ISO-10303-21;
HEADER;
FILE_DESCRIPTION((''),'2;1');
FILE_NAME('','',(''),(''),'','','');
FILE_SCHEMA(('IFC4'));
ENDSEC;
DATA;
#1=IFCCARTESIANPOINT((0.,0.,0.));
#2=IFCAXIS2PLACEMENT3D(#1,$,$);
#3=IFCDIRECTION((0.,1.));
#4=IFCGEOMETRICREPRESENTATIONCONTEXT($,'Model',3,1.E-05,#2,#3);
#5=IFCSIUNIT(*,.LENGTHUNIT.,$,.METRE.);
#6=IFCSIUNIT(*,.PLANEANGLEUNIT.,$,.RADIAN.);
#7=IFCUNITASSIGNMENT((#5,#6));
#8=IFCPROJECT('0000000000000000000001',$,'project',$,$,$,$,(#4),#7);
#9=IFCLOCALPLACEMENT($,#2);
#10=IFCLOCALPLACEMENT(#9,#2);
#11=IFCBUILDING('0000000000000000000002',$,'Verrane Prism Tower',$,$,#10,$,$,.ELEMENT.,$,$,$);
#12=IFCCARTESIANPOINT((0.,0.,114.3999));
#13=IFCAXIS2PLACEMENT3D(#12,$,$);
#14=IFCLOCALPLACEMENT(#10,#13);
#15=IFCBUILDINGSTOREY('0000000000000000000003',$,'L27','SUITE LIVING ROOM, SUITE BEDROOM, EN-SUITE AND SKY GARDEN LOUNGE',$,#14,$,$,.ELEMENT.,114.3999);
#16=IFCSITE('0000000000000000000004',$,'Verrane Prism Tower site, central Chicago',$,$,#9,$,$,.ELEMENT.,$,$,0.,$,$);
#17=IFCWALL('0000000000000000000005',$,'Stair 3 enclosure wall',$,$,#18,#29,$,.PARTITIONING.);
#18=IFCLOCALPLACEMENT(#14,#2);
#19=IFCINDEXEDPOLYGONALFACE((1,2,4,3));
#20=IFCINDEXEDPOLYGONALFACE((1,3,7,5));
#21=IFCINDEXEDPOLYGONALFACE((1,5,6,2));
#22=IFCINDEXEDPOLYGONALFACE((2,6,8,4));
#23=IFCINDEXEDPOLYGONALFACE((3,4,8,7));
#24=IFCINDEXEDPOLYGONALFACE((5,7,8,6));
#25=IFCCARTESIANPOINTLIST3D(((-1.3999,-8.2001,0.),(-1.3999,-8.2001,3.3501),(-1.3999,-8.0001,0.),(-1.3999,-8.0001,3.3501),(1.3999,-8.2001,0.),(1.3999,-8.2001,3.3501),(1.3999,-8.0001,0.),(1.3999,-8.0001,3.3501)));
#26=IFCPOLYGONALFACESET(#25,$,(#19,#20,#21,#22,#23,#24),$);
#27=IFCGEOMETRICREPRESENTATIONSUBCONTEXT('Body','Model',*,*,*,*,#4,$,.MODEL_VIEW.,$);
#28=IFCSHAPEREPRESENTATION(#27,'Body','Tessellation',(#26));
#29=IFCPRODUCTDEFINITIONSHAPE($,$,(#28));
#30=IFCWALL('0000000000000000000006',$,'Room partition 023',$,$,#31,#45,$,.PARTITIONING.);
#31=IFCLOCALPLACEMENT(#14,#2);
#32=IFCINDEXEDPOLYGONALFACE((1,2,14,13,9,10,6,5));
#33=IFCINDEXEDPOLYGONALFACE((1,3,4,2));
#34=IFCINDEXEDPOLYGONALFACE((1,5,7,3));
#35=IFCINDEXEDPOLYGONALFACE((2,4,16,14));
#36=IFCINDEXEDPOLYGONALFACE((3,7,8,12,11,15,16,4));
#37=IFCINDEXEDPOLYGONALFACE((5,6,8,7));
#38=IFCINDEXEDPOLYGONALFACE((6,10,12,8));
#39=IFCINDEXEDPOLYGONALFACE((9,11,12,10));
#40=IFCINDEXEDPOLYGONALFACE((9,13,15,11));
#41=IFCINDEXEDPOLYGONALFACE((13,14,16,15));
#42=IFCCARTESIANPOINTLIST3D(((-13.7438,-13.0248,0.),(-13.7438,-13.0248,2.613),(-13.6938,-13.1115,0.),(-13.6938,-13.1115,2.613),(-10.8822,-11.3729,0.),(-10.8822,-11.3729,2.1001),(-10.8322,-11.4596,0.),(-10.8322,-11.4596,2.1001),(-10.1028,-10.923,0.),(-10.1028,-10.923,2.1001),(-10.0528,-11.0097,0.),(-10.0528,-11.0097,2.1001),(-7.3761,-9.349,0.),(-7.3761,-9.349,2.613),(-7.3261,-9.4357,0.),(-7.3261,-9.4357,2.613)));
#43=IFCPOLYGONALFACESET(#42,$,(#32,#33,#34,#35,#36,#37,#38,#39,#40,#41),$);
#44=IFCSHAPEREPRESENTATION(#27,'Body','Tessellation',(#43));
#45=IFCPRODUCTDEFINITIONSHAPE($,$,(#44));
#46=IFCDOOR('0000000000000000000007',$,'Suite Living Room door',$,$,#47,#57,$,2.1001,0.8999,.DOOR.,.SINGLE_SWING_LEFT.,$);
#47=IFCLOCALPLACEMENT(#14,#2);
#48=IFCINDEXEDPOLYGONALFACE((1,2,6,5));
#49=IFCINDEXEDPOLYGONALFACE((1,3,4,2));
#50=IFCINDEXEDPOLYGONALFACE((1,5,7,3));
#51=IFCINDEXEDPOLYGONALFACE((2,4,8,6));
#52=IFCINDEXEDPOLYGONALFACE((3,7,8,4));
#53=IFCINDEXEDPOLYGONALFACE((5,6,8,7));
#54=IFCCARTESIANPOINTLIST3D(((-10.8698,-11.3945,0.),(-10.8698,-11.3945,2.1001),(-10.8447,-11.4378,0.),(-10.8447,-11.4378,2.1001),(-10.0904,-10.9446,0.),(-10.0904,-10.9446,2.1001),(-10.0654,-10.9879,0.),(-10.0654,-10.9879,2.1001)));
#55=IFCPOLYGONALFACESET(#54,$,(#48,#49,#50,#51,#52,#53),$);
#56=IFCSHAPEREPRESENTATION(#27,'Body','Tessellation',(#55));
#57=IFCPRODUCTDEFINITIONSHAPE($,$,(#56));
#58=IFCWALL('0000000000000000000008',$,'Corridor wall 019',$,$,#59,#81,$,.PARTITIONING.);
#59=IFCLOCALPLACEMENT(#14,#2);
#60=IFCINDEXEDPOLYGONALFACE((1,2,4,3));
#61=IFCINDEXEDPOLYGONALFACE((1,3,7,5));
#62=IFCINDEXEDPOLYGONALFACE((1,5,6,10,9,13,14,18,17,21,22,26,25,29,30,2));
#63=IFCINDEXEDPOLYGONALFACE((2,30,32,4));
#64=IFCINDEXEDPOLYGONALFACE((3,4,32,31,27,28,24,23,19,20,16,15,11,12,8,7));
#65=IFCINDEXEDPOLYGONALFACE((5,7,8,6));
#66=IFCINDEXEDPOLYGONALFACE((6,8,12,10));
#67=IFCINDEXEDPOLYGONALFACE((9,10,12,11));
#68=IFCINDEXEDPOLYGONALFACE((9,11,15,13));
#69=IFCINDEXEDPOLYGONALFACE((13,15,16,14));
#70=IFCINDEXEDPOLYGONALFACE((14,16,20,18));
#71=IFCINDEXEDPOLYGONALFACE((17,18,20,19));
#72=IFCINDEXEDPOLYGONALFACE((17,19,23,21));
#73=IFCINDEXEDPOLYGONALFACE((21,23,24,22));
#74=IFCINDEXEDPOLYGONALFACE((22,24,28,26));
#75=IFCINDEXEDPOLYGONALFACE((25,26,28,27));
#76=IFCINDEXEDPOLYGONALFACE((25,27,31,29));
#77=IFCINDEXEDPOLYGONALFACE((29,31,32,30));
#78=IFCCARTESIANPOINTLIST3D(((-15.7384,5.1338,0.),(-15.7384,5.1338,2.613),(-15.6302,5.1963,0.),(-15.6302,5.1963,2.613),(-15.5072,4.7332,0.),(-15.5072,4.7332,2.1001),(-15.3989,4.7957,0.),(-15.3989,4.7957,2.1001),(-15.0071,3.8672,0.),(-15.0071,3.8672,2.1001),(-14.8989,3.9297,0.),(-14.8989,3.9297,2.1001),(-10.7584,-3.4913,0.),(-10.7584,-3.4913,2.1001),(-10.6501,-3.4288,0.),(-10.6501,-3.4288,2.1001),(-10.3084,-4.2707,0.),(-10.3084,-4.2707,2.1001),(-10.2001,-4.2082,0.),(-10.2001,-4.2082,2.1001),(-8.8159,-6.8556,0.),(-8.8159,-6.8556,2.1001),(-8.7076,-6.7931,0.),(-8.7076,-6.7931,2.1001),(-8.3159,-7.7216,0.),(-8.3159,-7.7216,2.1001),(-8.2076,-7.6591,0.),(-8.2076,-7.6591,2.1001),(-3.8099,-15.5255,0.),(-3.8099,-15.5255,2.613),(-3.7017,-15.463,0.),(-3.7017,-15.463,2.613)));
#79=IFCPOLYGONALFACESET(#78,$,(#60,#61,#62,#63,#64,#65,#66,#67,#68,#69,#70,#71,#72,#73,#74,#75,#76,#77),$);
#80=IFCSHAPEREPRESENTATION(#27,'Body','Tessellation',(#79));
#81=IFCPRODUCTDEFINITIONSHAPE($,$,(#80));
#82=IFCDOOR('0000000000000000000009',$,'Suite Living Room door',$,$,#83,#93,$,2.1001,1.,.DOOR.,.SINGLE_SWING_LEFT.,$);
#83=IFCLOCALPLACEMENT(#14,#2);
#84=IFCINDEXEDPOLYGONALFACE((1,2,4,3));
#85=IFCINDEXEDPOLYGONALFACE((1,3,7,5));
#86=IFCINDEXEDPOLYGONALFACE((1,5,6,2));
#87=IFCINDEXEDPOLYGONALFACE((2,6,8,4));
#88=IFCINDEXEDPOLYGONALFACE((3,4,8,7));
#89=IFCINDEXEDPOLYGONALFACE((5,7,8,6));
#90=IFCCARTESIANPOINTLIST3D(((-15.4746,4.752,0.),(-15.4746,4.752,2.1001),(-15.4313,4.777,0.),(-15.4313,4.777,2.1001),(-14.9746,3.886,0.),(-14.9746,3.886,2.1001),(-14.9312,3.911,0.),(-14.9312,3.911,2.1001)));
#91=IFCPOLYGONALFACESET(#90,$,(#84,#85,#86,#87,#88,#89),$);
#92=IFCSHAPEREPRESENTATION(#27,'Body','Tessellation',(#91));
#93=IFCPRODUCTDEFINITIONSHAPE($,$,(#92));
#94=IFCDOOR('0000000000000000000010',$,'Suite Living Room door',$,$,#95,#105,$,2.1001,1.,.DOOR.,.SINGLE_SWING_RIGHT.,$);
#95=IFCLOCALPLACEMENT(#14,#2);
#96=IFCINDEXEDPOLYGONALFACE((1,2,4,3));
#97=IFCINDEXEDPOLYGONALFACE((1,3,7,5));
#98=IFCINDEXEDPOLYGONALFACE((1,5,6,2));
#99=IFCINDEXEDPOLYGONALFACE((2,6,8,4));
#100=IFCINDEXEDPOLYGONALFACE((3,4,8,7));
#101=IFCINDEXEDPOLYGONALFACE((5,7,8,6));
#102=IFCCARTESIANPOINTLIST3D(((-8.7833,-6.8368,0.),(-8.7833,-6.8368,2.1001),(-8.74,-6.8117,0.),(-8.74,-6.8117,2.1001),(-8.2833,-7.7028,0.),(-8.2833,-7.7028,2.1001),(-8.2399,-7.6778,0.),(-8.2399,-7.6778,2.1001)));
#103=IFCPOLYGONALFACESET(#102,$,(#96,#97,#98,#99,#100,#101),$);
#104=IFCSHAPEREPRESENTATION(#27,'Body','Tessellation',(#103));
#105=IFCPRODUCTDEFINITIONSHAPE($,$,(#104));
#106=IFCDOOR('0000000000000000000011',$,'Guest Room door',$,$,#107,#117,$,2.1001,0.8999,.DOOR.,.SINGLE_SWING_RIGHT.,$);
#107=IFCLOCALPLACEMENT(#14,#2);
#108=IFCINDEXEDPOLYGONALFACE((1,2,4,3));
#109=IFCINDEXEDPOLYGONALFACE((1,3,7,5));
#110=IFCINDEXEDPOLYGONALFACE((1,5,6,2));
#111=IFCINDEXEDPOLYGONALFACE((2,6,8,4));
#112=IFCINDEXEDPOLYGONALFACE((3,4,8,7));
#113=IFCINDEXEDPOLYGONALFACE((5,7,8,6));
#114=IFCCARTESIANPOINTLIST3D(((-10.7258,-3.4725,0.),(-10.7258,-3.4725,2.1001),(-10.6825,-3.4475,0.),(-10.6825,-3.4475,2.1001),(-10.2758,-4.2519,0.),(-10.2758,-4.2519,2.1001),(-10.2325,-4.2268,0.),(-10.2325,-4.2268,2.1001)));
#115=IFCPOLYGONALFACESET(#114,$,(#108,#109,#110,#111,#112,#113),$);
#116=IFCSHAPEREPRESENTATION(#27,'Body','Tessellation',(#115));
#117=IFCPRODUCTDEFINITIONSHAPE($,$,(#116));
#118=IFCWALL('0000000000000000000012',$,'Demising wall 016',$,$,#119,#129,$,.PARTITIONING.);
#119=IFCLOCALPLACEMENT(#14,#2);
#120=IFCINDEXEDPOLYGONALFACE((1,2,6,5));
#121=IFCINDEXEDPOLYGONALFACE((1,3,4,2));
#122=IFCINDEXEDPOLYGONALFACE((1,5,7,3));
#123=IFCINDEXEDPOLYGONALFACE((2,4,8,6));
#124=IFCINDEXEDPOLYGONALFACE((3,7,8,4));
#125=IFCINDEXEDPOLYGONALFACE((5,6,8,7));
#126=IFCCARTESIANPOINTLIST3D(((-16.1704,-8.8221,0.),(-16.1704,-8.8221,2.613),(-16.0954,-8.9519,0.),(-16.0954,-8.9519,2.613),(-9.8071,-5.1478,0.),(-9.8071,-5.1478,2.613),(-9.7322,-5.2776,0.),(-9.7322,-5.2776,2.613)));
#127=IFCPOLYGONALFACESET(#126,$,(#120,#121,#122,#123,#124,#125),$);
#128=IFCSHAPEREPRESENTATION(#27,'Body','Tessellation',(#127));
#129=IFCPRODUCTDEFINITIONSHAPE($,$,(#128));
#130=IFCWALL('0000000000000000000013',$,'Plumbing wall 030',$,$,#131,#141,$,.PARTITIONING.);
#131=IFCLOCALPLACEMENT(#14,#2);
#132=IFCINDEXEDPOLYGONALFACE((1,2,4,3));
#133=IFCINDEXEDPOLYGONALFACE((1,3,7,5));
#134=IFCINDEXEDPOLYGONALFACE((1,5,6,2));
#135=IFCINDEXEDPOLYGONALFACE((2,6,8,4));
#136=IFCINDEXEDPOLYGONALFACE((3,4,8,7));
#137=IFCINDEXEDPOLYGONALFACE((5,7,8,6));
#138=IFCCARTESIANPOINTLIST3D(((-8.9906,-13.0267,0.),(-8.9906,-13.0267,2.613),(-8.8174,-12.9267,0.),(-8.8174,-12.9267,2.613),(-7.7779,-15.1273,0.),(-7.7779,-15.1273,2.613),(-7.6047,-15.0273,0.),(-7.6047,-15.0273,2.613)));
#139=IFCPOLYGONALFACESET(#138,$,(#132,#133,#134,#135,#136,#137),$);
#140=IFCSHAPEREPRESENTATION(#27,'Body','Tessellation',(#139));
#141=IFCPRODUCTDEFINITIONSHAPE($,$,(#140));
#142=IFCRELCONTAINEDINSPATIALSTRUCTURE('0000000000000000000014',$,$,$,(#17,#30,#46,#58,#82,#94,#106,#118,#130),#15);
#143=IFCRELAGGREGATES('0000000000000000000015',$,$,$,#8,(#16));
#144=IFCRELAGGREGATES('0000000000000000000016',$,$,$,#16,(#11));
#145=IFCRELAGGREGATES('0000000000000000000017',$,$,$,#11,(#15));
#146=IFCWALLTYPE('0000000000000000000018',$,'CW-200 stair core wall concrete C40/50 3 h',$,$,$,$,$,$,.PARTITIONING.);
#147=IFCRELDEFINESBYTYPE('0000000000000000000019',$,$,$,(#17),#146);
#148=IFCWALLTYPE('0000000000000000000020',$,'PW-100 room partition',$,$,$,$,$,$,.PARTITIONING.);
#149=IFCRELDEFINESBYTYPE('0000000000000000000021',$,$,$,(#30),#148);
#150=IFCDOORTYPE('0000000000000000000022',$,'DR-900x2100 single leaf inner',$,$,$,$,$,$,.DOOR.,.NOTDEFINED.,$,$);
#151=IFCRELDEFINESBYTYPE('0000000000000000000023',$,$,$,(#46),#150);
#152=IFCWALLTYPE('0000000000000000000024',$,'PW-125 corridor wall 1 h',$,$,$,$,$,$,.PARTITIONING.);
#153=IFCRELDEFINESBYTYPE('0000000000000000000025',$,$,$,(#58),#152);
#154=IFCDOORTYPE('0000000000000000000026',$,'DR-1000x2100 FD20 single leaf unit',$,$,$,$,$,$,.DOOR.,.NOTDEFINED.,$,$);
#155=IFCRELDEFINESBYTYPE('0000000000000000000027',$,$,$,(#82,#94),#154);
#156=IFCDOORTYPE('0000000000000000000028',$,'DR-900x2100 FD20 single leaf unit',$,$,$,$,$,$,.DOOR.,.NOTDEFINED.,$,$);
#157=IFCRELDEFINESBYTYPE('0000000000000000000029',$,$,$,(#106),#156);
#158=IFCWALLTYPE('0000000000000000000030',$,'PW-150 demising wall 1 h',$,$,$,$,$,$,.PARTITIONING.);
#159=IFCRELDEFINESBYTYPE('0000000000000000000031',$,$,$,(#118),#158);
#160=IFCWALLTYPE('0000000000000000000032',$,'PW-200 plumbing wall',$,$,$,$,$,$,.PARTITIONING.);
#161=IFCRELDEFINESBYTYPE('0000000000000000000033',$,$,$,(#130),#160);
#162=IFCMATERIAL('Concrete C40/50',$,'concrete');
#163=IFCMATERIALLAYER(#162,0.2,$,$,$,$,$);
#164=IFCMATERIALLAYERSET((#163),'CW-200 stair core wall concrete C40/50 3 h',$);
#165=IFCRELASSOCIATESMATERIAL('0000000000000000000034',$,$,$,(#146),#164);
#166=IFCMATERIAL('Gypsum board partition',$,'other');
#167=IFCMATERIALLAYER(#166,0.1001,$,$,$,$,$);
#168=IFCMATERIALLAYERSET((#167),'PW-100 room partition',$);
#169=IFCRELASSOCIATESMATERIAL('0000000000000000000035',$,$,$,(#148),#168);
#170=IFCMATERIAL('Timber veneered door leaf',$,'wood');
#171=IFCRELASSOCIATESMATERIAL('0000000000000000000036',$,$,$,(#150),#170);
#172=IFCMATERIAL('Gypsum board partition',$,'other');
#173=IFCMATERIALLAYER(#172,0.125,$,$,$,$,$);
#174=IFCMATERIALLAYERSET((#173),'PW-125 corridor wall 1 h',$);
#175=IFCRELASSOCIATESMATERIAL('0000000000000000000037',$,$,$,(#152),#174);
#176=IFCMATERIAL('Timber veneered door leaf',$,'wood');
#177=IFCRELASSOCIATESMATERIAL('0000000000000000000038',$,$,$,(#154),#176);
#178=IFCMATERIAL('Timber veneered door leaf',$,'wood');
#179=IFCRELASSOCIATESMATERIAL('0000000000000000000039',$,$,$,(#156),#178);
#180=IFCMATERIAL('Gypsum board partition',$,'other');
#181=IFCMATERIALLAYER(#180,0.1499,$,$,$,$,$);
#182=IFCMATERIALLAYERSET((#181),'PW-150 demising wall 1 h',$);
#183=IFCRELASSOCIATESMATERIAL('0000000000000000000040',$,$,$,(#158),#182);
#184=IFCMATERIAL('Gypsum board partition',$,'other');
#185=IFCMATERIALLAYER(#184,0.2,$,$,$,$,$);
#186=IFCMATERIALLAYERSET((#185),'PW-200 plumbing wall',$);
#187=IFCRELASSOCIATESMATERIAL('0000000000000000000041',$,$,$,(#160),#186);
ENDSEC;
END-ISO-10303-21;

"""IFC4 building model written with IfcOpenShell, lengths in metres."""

from ifc_helpers import new_model, si_unit, direction, frame, frame_2d, origin, place, context, subcontext, project, spatial, rectangle, extrude, material, layer, layer_set, type_object, element, fill, save


model = new_model("IFC4")

# Units and contexts
model_context = context("Model", 3, precision=1e-05, world=origin(), true_north=direction((0.0, 1.0)))
body_context = subcontext(model_context, "Body", "Model", "MODEL_VIEW")
ifc_project = project(units=[si_unit("LENGTHUNIT", "METRE"), si_unit("PLANEANGLEUNIT", "RADIAN")], contexts=[model_context])

# Site, building, storey
site_placement = place(None, origin())
site = spatial("IfcSite", under=ifc_project, at=site_placement, Name="Verrane Prism Tower site, central Chicago", CompositionType="ELEMENT", RefElevation=0.0)
building_placement = place(site_placement, origin())
building = spatial("IfcBuilding", under=site, at=building_placement, Name="Verrane Prism Tower", CompositionType="ELEMENT")
storey_placement = place(building_placement, frame((0.0, 0.0, 114.3999)))
storey = spatial("IfcBuildingStorey", under=building, at=storey_placement, Name="L27", Description="SUITE LIVING ROOM, SUITE BEDROOM, EN-SUITE AND SKY GARDEN LOUNGE", CompositionType="ELEMENT", Elevation=114.3999)

# Wall
ifc_material_1 = material(Name="Concrete C40/50", Category="concrete")
ifc_layer_1 = layer(ifc_material_1, 0.2)
ifc_layer_set_1 = layer_set([ifc_layer_1], Name="CW-200 stair core wall concrete C40/50 3 h")
wall_type_1 = type_object("IfcWallType", Name="CW-200 stair core wall concrete C40/50 3 h", PredefinedType="PARTITIONING", material=ifc_layer_set_1)
wall_1_placement = place(storey_placement, frame((-1.3999, -8.1001, 0.0), z_axis=(0.0, 0.0, 1.0), x_axis=(1.0, 0.0, 0.0)))
element("IfcWall", 1, at=wall_1_placement, inside=storey, type_object=wall_type_1, Name="Stair 3 enclosure wall", PredefinedType="PARTITIONING", context=body_context, shape_type="SweptSolid", body=[
    extrude(rectangle(XDim=2.7998, YDim=0.2, at=frame_2d((1.3999, 0.0))), origin(), (0.0, 0.0, 1.0), 3.3501),
])

# Wall, opening, door
ifc_material_2 = material(Name="Gypsum board partition", Category="other")
ifc_layer_2 = layer(ifc_material_2, 0.1001)
ifc_layer_set_2 = layer_set([ifc_layer_2], Name="PW-100 room partition")
wall_type_2 = type_object("IfcWallType", Name="PW-100 room partition", PredefinedType="PARTITIONING", material=ifc_layer_set_2)
wall_2_placement = place(storey_placement, frame((-7.3511, -9.3923, 0.0), z_axis=(0.0, 0.0, 1.0), x_axis=(-0.866061, -0.499939, 0.0)))
wall_2 = element("IfcWall", 2, at=wall_2_placement, inside=storey, type_object=wall_type_2, Name="Room partition 023", PredefinedType="PARTITIONING", context=body_context, shape_type="SweptSolid", body=[
    extrude(rectangle(XDim=7.3525, YDim=0.1001, at=frame_2d((3.6763, 0.0))), origin(), (0.0, 0.0, 1.0), 2.613),
])
opening_1_placement = place(wall_2_placement, frame((3.1484, 0.0, 0.0)))
opening_1 = element("IfcOpeningElement", 3, at=opening_1_placement, cuts=wall_2, PredefinedType="OPENING", context=body_context, shape_type="SweptSolid", body=[
    extrude(rectangle(XDim=0.8999, YDim=2.1001, at=frame_2d((0.45, 1.05))), frame((0.0, 0.0601, 0.0), z_axis=(0.0, -1.0, 0.0), x_axis=(1.0, 0.0, 0.0)), (0.0, 0.0, 1.0), 0.1201),
])
ifc_material_3 = material(Name="Timber veneered door leaf", Category="wood")
door_type_1 = type_object("IfcDoorType", Name="DR-900x2100 single leaf inner", OperationType="NOTDEFINED", PredefinedType="DOOR", material=ifc_material_3)
door_1_placement = place(opening_1_placement, origin())
door_1 = element("IfcDoor", 4, at=door_1_placement, inside=storey, type_object=door_type_1, Name="Suite Living Room door", OperationType="SINGLE_SWING_LEFT", OverallHeight=2.1001, OverallWidth=0.8999, PredefinedType="DOOR", context=body_context, shape_type="SweptSolid", body=[
    extrude(rectangle(XDim=0.8999, YDim=2.1001, at=frame_2d((0.45, 1.05))), frame((0.0, 0.0249, 0.0), z_axis=(0.0, -1.0, 0.0), x_axis=(1.0, 0.0, 0.0)), (0.0, 0.0, 1.0), 0.05),
])
fill(opening_1, door_1)

# Wall, openings, doors
ifc_material_4 = material(Name="Gypsum board partition", Category="other")
ifc_layer_3 = layer(ifc_material_4, 0.125)
ifc_layer_set_3 = layer_set([ifc_layer_3], Name="PW-125 corridor wall 1 h")
wall_type_3 = type_object("IfcWallType", Name="PW-125 corridor wall 1 h", PredefinedType="PARTITIONING", material=ifc_layer_set_3)
wall_3_placement = place(storey_placement, frame((-3.7559, -15.4941, 0.0), z_axis=(0.0, 0.0, 1.0), x_axis=(-0.500028, 0.866009, 0.0)))
wall_3 = element("IfcWall", 5, at=wall_3_placement, inside=storey, type_object=wall_type_3, Name="Corridor wall 019", PredefinedType="PARTITIONING", context=body_context, shape_type="SweptSolid", body=[
    extrude(rectangle(XDim=23.8557, YDim=0.125, at=frame_2d((11.9277, 0.0))), origin(), (0.0, 0.0, 1.0), 2.613),
])
opening_2_placement = place(wall_3_placement, frame((22.3931, 0.0, 0.0)))
opening_2 = element("IfcOpeningElement", 6, at=opening_2_placement, cuts=wall_3, PredefinedType="OPENING", context=body_context, shape_type="SweptSolid", body=[
    extrude(rectangle(XDim=1.0, YDim=2.1001, at=frame_2d((0.5, 1.05))), frame((0.0, 0.0725, 0.0), z_axis=(0.0, -1.0, 0.0), x_axis=(1.0, 0.0, 0.0)), (0.0, 0.0, 1.0), 0.145),
])
opening_3_placement = place(wall_3_placement, frame((12.9961, 0.0, 0.0)))
opening_3 = element("IfcOpeningElement", 7, at=opening_3_placement, cuts=wall_3, PredefinedType="OPENING", context=body_context, shape_type="SweptSolid", body=[
    extrude(rectangle(XDim=0.8999, YDim=2.1001, at=frame_2d((0.45, 1.05))), frame((0.0, 0.0725, 0.0), z_axis=(0.0, -1.0, 0.0), x_axis=(1.0, 0.0, 0.0)), (0.0, 0.0, 1.0), 0.145),
])
opening_4_placement = place(wall_3_placement, frame((9.0112, 0.0, 0.0)))
opening_4 = element("IfcOpeningElement", 8, at=opening_4_placement, cuts=wall_3, PredefinedType="OPENING", context=body_context, shape_type="SweptSolid", body=[
    extrude(rectangle(XDim=1.0, YDim=2.1001, at=frame_2d((0.5, 1.05))), frame((0.0, 0.0725, 0.0), z_axis=(0.0, -1.0, 0.0), x_axis=(1.0, 0.0, 0.0)), (0.0, 0.0, 1.0), 0.145),
])
ifc_material_5 = material(Name="Timber veneered door leaf", Category="wood")
door_type_2 = type_object("IfcDoorType", Name="DR-1000x2100 FD20 single leaf unit", OperationType="NOTDEFINED", PredefinedType="DOOR", material=ifc_material_5)
door_2_placement = place(opening_2_placement, origin())
door_2 = element("IfcDoor", 9, at=door_2_placement, inside=storey, type_object=door_type_2, Name="Suite Living Room door", OperationType="SINGLE_SWING_LEFT", OverallHeight=2.1001, OverallWidth=1.0, PredefinedType="DOOR", context=body_context, shape_type="SweptSolid", body=[
    extrude(rectangle(XDim=1.0, YDim=2.1001, at=frame_2d((0.5, 1.05))), frame((0.0, 0.0249, 0.0), z_axis=(0.0, -1.0, 0.0), x_axis=(1.0, 0.0, 0.0)), (0.0, 0.0, 1.0), 0.05),
])
fill(opening_2, door_2)
door_3_placement = place(opening_4_placement, origin())
door_3 = element("IfcDoor", 10, at=door_3_placement, inside=storey, type_object=door_type_2, Name="Suite Living Room door", OperationType="SINGLE_SWING_RIGHT", OverallHeight=2.1001, OverallWidth=1.0, PredefinedType="DOOR", context=body_context, shape_type="SweptSolid", body=[
    extrude(rectangle(XDim=1.0, YDim=2.1001, at=frame_2d((0.5, 1.05))), frame((0.0, 0.0249, 0.0), z_axis=(0.0, -1.0, 0.0), x_axis=(1.0, 0.0, 0.0)), (0.0, 0.0, 1.0), 0.05),
])
fill(opening_4, door_3)
ifc_material_6 = material(Name="Timber veneered door leaf", Category="wood")
door_type_3 = type_object("IfcDoorType", Name="DR-900x2100 FD20 single leaf unit", OperationType="NOTDEFINED", PredefinedType="DOOR", material=ifc_material_6)
door_4_placement = place(opening_3_placement, origin())
door_4 = element("IfcDoor", 11, at=door_4_placement, inside=storey, type_object=door_type_3, Name="Guest Room door", OperationType="SINGLE_SWING_RIGHT", OverallHeight=2.1001, OverallWidth=0.8999, PredefinedType="DOOR", context=body_context, shape_type="SweptSolid", body=[
    extrude(rectangle(XDim=0.8999, YDim=2.1001, at=frame_2d((0.45, 1.05))), frame((0.0, 0.0249, 0.0), z_axis=(0.0, -1.0, 0.0), x_axis=(1.0, 0.0, 0.0)), (0.0, 0.0, 1.0), 0.05),
])
fill(opening_3, door_4)

# Walls
ifc_material_7 = material(Name="Gypsum board partition", Category="other")
ifc_layer_4 = layer(ifc_material_7, 0.1499)
ifc_layer_set_4 = layer_set([ifc_layer_4], Name="PW-150 demising wall 1 h")
wall_type_4 = type_object("IfcWallType", Name="PW-150 demising wall 1 h", PredefinedType="PARTITIONING", material=ifc_layer_set_4)
wall_4_placement = place(storey_placement, frame((-16.1328, -8.887, 0.0), z_axis=(0.0, 0.0, 1.0), x_axis=(0.865997, 0.500048, 0.0)))
element("IfcWall", 12, at=wall_4_placement, inside=storey, type_object=wall_type_4, Name="Demising wall 016", PredefinedType="PARTITIONING", context=body_context, shape_type="SweptSolid", body=[
    extrude(rectangle(XDim=7.3479, YDim=0.1499, at=frame_2d((3.6738, 0.0))), origin(), (0.0, 0.0, 1.0), 2.613),
])
ifc_material_8 = material(Name="Gypsum board partition", Category="other")
ifc_layer_5 = layer(ifc_material_8, 0.2)
ifc_layer_set_5 = layer_set([ifc_layer_5], Name="PW-200 plumbing wall")
wall_type_5 = type_object("IfcWallType", Name="PW-200 plumbing wall", PredefinedType="PARTITIONING", material=ifc_layer_set_5)
wall_5_placement = place(storey_placement, frame((-8.9041, -12.9766, 0.0), z_axis=(0.0, 0.0, 1.0), x_axis=(0.499961, -0.866048, 0.0)))
element("IfcWall", 13, at=wall_5_placement, inside=storey, type_object=wall_type_5, Name="Plumbing wall 030", PredefinedType="PARTITIONING", context=body_context, shape_type="SweptSolid", body=[
    extrude(rectangle(XDim=2.4255, YDim=0.2, at=frame_2d((1.2129, 0.0))), origin(), (0.0, 0.0, 1.0), 2.613),
])

save(model, "model.ifc")
